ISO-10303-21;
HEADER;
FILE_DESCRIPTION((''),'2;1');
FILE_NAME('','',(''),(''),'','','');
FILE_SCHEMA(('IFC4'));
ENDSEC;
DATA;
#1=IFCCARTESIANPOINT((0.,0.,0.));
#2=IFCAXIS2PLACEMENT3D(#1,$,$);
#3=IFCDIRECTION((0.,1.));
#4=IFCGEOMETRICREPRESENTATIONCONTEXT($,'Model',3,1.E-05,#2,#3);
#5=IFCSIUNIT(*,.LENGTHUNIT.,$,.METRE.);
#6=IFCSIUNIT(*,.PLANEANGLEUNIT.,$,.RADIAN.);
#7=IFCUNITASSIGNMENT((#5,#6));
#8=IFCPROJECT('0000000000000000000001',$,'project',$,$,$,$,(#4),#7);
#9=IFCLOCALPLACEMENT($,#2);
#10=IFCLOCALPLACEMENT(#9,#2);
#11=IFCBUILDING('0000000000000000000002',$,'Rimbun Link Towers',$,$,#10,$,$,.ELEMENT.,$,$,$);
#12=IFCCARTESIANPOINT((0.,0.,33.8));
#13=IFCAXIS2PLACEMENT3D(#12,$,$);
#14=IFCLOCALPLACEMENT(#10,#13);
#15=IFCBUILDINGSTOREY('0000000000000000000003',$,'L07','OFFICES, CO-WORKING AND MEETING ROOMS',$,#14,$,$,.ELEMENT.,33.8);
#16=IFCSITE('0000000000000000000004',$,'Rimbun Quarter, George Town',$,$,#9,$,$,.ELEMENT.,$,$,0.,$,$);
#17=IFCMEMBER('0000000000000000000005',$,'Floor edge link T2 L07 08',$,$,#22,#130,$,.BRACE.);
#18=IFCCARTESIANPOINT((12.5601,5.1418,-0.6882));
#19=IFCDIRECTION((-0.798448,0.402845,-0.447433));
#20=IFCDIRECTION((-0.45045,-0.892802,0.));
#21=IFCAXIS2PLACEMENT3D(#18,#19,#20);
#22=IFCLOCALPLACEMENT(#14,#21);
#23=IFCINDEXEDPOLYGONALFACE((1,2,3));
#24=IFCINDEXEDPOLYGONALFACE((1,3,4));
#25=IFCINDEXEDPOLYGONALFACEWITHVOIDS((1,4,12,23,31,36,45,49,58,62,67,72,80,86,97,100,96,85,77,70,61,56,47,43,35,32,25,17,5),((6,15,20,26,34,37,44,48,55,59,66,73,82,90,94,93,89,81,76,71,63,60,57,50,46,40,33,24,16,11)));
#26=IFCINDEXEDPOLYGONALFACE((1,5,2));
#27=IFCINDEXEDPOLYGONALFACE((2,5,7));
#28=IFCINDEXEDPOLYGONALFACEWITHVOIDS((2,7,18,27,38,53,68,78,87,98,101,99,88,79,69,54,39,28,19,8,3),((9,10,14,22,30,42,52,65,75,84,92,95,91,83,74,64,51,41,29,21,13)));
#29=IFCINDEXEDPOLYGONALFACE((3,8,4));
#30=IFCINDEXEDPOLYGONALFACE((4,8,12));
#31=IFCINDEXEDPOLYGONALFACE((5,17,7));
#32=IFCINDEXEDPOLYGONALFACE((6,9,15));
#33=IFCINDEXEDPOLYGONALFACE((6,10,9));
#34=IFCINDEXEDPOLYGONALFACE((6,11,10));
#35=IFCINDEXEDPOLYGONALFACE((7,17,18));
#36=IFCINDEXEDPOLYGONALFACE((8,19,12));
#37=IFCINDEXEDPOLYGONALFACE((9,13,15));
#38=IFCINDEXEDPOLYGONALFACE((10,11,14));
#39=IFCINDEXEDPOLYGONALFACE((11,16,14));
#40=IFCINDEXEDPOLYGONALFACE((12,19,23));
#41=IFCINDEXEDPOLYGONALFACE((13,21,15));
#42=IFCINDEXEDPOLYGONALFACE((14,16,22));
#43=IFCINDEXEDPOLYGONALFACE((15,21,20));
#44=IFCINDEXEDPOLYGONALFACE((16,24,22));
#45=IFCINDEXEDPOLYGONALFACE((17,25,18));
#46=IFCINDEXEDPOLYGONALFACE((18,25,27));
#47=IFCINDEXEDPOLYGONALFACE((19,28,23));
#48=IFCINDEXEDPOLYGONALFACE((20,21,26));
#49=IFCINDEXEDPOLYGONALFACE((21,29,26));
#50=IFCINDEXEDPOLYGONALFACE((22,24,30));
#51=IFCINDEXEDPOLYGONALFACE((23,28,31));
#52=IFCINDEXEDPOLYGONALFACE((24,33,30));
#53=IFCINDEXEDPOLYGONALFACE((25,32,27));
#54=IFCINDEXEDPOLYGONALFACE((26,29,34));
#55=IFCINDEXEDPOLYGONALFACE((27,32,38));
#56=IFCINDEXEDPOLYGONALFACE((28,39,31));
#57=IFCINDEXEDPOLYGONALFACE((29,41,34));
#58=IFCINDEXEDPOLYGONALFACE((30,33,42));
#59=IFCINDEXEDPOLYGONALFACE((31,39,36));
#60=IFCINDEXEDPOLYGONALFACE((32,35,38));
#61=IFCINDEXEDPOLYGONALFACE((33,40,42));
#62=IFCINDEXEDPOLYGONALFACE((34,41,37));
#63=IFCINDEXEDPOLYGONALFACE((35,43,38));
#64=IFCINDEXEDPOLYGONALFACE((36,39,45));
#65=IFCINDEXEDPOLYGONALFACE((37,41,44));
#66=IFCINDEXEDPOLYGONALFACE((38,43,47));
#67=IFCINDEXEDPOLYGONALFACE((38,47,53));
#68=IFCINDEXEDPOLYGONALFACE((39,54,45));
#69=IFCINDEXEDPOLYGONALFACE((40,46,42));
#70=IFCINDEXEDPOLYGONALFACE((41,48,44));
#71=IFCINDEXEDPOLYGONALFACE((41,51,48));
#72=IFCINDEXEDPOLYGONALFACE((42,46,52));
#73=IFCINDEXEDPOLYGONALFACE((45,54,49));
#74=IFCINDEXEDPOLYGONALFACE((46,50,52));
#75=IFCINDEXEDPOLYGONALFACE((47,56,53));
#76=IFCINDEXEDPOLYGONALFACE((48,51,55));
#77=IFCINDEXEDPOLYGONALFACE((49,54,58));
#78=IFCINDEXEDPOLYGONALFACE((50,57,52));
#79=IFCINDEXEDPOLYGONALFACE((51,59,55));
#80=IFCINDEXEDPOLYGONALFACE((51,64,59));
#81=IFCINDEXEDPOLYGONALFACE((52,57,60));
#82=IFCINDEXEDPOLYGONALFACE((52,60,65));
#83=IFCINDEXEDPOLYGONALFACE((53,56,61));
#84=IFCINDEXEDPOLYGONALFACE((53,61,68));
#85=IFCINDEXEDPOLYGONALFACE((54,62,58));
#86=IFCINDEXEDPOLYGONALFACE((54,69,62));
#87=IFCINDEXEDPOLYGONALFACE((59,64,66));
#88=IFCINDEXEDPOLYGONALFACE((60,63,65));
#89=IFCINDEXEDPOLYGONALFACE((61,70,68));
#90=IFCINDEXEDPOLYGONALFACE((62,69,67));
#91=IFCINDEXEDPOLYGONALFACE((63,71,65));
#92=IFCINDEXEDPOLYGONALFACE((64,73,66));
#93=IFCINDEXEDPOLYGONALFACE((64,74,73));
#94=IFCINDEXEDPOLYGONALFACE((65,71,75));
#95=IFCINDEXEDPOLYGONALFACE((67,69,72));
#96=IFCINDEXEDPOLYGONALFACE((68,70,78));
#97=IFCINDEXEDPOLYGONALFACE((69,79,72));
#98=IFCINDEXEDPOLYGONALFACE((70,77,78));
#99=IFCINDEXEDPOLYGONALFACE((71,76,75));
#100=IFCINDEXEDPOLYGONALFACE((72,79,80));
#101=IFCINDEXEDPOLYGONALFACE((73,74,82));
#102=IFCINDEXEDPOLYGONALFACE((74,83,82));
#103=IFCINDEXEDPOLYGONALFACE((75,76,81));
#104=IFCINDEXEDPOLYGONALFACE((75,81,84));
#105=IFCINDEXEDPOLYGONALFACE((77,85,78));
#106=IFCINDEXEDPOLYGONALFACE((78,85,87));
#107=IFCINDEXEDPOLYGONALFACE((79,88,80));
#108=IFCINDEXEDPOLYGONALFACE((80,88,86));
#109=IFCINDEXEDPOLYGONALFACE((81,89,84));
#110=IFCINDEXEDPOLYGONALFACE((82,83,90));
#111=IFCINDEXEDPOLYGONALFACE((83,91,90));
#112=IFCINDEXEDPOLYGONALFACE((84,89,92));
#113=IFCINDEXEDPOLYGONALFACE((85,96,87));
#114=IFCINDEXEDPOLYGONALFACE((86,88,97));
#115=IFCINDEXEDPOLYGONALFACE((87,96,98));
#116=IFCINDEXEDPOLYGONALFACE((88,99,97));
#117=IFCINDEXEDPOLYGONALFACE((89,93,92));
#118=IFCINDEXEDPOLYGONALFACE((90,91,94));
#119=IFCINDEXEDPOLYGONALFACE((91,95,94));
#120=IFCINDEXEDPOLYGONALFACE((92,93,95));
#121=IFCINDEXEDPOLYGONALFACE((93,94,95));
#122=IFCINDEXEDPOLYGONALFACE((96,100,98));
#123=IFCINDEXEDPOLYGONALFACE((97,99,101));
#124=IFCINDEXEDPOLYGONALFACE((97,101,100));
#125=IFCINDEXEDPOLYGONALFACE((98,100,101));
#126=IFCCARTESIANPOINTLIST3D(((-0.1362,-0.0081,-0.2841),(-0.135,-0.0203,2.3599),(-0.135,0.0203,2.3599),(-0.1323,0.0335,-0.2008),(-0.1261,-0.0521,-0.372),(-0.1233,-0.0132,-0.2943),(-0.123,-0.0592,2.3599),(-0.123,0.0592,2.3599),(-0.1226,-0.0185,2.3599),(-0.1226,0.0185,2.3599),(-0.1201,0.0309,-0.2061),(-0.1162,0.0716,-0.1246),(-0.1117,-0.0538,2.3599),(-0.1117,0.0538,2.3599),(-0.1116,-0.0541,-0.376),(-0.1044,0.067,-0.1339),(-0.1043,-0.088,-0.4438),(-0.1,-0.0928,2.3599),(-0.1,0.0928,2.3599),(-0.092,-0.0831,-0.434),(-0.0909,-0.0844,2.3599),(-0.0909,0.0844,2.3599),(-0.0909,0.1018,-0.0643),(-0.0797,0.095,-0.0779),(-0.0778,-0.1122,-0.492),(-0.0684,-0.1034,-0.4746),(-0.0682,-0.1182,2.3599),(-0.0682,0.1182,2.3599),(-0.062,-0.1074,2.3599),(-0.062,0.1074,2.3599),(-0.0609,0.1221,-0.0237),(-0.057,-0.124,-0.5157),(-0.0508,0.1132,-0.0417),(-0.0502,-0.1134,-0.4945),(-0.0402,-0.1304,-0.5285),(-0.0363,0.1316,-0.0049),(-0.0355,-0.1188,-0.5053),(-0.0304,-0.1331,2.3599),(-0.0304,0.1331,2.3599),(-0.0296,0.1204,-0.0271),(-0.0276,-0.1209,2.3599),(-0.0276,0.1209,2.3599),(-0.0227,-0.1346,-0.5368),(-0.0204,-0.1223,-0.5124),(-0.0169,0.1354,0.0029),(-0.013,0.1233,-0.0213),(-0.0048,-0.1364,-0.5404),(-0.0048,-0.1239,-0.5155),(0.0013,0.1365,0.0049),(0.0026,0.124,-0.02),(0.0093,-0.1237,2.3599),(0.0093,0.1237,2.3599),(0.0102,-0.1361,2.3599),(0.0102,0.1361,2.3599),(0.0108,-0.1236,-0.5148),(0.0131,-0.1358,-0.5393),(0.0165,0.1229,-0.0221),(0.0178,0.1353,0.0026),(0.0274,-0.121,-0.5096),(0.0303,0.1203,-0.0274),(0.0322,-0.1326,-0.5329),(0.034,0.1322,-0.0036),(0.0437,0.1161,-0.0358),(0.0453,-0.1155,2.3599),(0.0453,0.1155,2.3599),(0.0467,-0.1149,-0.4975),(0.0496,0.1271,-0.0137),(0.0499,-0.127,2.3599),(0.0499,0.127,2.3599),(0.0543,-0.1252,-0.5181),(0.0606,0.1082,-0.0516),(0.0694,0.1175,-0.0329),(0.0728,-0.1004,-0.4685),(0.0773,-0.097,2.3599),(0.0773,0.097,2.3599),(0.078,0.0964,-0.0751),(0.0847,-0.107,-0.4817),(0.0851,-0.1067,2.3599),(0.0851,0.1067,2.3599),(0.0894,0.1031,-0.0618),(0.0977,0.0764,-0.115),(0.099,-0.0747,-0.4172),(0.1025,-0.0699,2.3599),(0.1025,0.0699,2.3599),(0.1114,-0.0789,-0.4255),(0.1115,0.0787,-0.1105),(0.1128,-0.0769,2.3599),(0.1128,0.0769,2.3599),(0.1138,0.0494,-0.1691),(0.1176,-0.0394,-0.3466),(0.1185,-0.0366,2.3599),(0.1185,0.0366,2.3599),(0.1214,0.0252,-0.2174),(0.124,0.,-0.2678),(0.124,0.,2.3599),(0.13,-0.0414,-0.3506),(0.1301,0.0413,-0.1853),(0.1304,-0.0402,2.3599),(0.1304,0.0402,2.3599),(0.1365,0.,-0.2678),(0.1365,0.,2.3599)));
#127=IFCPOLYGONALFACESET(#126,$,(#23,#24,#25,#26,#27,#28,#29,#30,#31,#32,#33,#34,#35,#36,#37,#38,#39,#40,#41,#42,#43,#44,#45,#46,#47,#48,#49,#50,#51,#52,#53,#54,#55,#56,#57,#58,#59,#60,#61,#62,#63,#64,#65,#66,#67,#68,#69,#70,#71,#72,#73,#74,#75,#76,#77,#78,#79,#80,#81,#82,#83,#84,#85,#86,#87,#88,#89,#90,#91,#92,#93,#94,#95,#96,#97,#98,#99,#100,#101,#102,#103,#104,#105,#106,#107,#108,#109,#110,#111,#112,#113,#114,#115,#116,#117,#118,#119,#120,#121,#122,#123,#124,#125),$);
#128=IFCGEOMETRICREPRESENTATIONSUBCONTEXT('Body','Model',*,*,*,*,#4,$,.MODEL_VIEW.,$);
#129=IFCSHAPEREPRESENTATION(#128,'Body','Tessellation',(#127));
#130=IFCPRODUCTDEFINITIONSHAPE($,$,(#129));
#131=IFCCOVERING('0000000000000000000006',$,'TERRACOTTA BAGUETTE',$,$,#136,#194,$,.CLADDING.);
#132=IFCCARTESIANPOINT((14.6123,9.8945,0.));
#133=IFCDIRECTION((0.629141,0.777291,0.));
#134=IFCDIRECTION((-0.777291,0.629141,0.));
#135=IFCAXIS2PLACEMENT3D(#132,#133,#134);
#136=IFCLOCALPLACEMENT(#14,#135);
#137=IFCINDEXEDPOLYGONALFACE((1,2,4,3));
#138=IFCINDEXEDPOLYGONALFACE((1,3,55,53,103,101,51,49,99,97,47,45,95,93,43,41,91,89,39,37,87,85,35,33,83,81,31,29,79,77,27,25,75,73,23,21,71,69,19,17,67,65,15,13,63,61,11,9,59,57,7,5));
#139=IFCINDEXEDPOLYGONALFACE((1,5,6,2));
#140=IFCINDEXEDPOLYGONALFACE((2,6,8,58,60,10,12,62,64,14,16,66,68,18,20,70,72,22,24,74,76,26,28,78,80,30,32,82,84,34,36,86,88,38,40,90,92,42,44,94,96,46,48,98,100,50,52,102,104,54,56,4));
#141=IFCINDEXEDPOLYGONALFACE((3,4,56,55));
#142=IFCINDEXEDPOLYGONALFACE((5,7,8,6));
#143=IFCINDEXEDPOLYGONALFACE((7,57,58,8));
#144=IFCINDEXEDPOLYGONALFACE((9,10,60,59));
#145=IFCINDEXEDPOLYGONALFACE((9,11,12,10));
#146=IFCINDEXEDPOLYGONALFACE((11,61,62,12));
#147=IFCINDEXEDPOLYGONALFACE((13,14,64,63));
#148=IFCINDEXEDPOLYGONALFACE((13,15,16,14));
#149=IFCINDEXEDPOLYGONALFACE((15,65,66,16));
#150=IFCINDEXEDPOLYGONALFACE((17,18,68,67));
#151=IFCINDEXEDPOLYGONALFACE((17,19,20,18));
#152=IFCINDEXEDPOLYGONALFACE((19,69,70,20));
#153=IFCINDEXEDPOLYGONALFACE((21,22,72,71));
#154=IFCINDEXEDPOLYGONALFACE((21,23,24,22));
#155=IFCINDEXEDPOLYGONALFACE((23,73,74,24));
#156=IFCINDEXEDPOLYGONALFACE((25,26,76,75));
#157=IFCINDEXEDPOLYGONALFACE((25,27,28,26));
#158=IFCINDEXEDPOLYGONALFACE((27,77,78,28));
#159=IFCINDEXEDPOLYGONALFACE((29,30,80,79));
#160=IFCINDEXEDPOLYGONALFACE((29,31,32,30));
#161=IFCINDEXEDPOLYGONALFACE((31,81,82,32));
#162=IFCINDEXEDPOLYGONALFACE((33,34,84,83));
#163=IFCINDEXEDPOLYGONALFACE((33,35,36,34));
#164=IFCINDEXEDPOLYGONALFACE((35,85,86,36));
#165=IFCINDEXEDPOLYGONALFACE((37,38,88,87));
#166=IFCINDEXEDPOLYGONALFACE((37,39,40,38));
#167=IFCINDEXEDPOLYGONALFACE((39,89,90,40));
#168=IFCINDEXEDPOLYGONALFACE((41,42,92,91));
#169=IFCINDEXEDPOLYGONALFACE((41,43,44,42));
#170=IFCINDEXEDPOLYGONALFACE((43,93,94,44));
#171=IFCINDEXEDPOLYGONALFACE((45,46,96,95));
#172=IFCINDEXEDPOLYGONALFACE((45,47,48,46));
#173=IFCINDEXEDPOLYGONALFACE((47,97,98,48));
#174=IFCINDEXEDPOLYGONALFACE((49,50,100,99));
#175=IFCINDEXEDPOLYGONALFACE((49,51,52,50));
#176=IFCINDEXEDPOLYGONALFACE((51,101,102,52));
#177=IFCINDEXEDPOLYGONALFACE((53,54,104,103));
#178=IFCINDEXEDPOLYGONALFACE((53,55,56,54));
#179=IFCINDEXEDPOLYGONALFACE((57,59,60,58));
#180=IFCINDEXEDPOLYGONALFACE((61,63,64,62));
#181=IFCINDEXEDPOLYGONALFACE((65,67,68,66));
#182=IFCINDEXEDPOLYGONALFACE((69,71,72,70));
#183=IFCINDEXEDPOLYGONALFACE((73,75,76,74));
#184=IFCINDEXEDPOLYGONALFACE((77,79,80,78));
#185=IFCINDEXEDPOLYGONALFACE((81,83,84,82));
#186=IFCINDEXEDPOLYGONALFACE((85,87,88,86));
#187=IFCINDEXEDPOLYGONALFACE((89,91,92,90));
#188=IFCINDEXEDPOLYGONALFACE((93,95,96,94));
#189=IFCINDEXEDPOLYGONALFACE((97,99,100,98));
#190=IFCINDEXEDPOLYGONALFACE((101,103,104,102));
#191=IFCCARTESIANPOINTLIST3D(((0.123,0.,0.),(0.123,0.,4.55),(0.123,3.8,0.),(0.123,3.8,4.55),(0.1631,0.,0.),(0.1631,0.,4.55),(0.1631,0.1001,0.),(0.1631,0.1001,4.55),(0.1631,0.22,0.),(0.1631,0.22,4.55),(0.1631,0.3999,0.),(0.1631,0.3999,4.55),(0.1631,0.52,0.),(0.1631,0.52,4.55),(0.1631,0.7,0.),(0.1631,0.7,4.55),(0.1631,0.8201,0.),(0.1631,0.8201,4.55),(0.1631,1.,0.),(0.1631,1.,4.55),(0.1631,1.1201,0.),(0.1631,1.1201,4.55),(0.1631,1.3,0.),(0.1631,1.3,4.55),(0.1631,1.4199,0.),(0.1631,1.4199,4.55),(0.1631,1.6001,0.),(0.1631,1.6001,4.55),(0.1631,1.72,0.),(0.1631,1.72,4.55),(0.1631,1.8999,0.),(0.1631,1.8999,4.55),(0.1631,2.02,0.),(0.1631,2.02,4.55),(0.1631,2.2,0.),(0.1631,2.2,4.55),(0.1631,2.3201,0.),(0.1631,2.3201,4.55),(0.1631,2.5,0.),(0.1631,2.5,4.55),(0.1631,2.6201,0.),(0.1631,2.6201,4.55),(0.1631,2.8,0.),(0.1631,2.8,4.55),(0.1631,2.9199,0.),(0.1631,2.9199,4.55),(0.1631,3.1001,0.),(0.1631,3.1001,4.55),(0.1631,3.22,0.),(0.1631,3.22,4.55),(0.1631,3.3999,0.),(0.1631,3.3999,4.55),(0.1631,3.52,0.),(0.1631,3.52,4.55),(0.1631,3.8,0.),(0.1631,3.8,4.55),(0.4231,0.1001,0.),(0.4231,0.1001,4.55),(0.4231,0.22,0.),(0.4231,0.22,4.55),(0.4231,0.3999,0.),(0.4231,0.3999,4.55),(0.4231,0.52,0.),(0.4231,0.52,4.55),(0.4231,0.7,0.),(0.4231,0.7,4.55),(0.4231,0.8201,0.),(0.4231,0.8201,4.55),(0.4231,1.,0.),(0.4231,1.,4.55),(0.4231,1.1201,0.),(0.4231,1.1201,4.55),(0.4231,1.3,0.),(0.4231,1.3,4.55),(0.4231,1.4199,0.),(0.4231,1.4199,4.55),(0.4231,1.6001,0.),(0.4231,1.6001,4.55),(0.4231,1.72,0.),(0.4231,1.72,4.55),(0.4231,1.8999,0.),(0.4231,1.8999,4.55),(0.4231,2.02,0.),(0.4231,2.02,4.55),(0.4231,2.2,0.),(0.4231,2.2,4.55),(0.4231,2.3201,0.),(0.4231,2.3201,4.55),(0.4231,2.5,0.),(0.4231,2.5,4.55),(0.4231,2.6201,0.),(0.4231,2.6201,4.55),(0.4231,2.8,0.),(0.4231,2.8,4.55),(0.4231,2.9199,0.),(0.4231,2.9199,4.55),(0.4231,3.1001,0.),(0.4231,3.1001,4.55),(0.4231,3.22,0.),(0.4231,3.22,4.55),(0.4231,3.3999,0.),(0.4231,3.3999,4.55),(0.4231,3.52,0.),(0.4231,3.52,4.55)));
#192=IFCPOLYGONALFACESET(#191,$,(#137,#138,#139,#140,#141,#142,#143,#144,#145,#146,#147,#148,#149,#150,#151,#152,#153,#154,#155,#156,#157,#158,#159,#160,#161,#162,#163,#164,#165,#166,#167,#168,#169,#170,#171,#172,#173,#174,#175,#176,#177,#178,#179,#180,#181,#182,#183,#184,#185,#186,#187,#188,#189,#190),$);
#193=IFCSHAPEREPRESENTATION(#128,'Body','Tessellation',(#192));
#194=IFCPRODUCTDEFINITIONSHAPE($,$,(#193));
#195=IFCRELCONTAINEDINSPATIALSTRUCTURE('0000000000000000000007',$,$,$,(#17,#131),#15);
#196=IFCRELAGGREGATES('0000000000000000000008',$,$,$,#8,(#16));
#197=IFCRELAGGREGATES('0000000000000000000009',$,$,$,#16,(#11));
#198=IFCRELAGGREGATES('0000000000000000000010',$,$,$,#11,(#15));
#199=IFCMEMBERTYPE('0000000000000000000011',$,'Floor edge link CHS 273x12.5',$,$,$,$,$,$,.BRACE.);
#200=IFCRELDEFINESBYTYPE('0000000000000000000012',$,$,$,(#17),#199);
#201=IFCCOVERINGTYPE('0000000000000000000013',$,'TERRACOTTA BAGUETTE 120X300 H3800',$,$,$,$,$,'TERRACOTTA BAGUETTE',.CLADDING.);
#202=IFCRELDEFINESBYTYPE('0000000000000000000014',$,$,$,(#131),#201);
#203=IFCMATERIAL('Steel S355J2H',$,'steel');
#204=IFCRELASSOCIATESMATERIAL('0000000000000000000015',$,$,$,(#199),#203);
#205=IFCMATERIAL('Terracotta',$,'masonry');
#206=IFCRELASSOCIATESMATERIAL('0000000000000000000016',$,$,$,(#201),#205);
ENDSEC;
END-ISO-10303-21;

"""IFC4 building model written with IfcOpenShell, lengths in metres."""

from ifc_helpers import new_model, si_unit, direction, frame, origin, origin_2d, place, context, subcontext, project, spatial, polyline, hollow_circle, outline, extrude, clip, halfspace, material, material_profile, profile_set, type_object, element, save


model = new_model("IFC4")

# Units and contexts
model_context = context("Model", 3, precision=1e-05, world=origin(), true_north=direction((0.0, 1.0)))
body_context = subcontext(model_context, "Body", "Model", "MODEL_VIEW")
ifc_project = project(units=[si_unit("LENGTHUNIT", "METRE"), si_unit("PLANEANGLEUNIT", "RADIAN")], contexts=[model_context])

# Site, building, storey
site_placement = place(None, origin())
site = spatial("IfcSite", under=ifc_project, at=site_placement, Name="Rimbun Quarter, George Town", CompositionType="ELEMENT", RefElevation=0.0)
building_placement = place(site_placement, origin())
building = spatial("IfcBuilding", under=site, at=building_placement, Name="Rimbun Link Towers", CompositionType="ELEMENT")
storey_placement = place(building_placement, frame((0.0, 0.0, 33.8)))
storey = spatial("IfcBuildingStorey", under=building, at=storey_placement, Name="L07", Description="OFFICES, CO-WORKING AND MEETING ROOMS", CompositionType="ELEMENT", Elevation=33.8)

# Member
ifc_material_1 = material(Name="Steel S355J2H", Category="steel")
ifc_material_profile_1 = material_profile(ifc_material_1, hollow_circle(Radius=0.1365, WallThickness=0.0125, at=origin_2d()), Name="CHS 273x12.5")
ifc_profile_set_1 = profile_set([ifc_material_profile_1], Name="Steel S355J2H")
member_type_1 = type_object("IfcMemberType", Name="Floor edge link CHS 273x12.5", PredefinedType="BRACE", material=ifc_profile_set_1)
member_1_placement = place(storey_placement, frame((12.5601, 5.1418, -0.6882), z_axis=(-0.798448, 0.402845, -0.447433), x_axis=(-0.45045, -0.892802, 0.0)))
element("IfcMember", 1, at=member_1_placement, inside=storey, type_object=member_type_1, Name="Floor edge link T2 L07 08", PredefinedType="BRACE", context=body_context, shape_type="Clipping", body=[
    clip(extrude(hollow_circle(Radius=0.1365, WallThickness=0.0125, at=origin_2d()), frame((0.0, 0.0, -0.5681)), (0.0, 0.0, 1.0), 2.928), halfspace(frame((0.0, 0.0, -0.2678), z_axis=(0.0, 0.894317, -0.447433)), False)),
])

# Covering
ifc_material_2 = material(Name="Terracotta", Category="masonry")
ifc_material_profile_2 = material_profile(ifc_material_2, outline(polyline([(0.123, 0.0), (0.1631, 0.0), (0.1631, 0.1001), (0.4231, 0.1001), (0.4231, 0.22), (0.1631, 0.22), (0.1631, 0.3999), (0.4231, 0.3999), (0.4231, 0.52), (0.1631, 0.52), (0.1631, 0.7), (0.4231, 0.7), (0.4231, 0.8201), (0.1631, 0.8201), (0.1631, 1.0), (0.4231, 1.0), (0.4231, 1.1201), (0.1631, 1.1201), (0.1631, 1.3), (0.4231, 1.3), (0.4231, 1.4199), (0.1631, 1.4199), (0.1631, 1.6001), (0.4231, 1.6001), (0.4231, 1.72), (0.1631, 1.72), (0.1631, 1.8999), (0.4231, 1.8999), (0.4231, 2.02), (0.1631, 2.02), (0.1631, 2.2), (0.4231, 2.2), (0.4231, 2.3201), (0.1631, 2.3201), (0.1631, 2.5), (0.4231, 2.5), (0.4231, 2.6201), (0.1631, 2.6201), (0.1631, 2.8), (0.4231, 2.8), (0.4231, 2.9199), (0.1631, 2.9199), (0.1631, 3.1001), (0.4231, 3.1001), (0.4231, 3.22), (0.1631, 3.22), (0.1631, 3.3999), (0.4231, 3.3999), (0.4231, 3.52), (0.1631, 3.52), (0.1631, 3.8), (0.123, 3.8), (0.123, 0.0)])), Name="BAGUETTE 120X300")
ifc_profile_set_2 = profile_set([ifc_material_profile_2], Name="Terracotta")
covering_type_1 = type_object("IfcCoveringType", Name="TERRACOTTA BAGUETTE 120X300 H3800", ElementType="TERRACOTTA BAGUETTE", PredefinedType="CLADDING", material=ifc_profile_set_2)
covering_1_placement = place(storey_placement, frame((14.6123, 9.8945, 0.0), z_axis=(0.629141, 0.777291, 0.0), x_axis=(-0.777291, 0.629141, 0.0)))
element("IfcCovering", 2, at=covering_1_placement, inside=storey, type_object=covering_type_1, Name="TERRACOTTA BAGUETTE", PredefinedType="CLADDING", context=body_context, shape_type="SweptSolid", body=[
    extrude(outline(polyline([(0.123, 0.0), (0.1631, 0.0), (0.1631, 0.1001), (0.4231, 0.1001), (0.4231, 0.22), (0.1631, 0.22), (0.1631, 0.3999), (0.4231, 0.3999), (0.4231, 0.52), (0.1631, 0.52), (0.1631, 0.7), (0.4231, 0.7), (0.4231, 0.8201), (0.1631, 0.8201), (0.1631, 1.0), (0.4231, 1.0), (0.4231, 1.1201), (0.1631, 1.1201), (0.1631, 1.3), (0.4231, 1.3), (0.4231, 1.4199), (0.1631, 1.4199), (0.1631, 1.6001), (0.4231, 1.6001), (0.4231, 1.72), (0.1631, 1.72), (0.1631, 1.8999), (0.4231, 1.8999), (0.4231, 2.02), (0.1631, 2.02), (0.1631, 2.2), (0.4231, 2.2), (0.4231, 2.3201), (0.1631, 2.3201), (0.1631, 2.5), (0.4231, 2.5), (0.4231, 2.6201), (0.1631, 2.6201), (0.1631, 2.8), (0.4231, 2.8), (0.4231, 2.9199), (0.1631, 2.9199), (0.1631, 3.1001), (0.4231, 3.1001), (0.4231, 3.22), (0.1631, 3.22), (0.1631, 3.3999), (0.4231, 3.3999), (0.4231, 3.52), (0.1631, 3.52), (0.1631, 3.8), (0.123, 3.8), (0.123, 0.0)])), origin(), (0.0, 0.0, 1.0), 4.55),
])

save(model, "model.ifc")
